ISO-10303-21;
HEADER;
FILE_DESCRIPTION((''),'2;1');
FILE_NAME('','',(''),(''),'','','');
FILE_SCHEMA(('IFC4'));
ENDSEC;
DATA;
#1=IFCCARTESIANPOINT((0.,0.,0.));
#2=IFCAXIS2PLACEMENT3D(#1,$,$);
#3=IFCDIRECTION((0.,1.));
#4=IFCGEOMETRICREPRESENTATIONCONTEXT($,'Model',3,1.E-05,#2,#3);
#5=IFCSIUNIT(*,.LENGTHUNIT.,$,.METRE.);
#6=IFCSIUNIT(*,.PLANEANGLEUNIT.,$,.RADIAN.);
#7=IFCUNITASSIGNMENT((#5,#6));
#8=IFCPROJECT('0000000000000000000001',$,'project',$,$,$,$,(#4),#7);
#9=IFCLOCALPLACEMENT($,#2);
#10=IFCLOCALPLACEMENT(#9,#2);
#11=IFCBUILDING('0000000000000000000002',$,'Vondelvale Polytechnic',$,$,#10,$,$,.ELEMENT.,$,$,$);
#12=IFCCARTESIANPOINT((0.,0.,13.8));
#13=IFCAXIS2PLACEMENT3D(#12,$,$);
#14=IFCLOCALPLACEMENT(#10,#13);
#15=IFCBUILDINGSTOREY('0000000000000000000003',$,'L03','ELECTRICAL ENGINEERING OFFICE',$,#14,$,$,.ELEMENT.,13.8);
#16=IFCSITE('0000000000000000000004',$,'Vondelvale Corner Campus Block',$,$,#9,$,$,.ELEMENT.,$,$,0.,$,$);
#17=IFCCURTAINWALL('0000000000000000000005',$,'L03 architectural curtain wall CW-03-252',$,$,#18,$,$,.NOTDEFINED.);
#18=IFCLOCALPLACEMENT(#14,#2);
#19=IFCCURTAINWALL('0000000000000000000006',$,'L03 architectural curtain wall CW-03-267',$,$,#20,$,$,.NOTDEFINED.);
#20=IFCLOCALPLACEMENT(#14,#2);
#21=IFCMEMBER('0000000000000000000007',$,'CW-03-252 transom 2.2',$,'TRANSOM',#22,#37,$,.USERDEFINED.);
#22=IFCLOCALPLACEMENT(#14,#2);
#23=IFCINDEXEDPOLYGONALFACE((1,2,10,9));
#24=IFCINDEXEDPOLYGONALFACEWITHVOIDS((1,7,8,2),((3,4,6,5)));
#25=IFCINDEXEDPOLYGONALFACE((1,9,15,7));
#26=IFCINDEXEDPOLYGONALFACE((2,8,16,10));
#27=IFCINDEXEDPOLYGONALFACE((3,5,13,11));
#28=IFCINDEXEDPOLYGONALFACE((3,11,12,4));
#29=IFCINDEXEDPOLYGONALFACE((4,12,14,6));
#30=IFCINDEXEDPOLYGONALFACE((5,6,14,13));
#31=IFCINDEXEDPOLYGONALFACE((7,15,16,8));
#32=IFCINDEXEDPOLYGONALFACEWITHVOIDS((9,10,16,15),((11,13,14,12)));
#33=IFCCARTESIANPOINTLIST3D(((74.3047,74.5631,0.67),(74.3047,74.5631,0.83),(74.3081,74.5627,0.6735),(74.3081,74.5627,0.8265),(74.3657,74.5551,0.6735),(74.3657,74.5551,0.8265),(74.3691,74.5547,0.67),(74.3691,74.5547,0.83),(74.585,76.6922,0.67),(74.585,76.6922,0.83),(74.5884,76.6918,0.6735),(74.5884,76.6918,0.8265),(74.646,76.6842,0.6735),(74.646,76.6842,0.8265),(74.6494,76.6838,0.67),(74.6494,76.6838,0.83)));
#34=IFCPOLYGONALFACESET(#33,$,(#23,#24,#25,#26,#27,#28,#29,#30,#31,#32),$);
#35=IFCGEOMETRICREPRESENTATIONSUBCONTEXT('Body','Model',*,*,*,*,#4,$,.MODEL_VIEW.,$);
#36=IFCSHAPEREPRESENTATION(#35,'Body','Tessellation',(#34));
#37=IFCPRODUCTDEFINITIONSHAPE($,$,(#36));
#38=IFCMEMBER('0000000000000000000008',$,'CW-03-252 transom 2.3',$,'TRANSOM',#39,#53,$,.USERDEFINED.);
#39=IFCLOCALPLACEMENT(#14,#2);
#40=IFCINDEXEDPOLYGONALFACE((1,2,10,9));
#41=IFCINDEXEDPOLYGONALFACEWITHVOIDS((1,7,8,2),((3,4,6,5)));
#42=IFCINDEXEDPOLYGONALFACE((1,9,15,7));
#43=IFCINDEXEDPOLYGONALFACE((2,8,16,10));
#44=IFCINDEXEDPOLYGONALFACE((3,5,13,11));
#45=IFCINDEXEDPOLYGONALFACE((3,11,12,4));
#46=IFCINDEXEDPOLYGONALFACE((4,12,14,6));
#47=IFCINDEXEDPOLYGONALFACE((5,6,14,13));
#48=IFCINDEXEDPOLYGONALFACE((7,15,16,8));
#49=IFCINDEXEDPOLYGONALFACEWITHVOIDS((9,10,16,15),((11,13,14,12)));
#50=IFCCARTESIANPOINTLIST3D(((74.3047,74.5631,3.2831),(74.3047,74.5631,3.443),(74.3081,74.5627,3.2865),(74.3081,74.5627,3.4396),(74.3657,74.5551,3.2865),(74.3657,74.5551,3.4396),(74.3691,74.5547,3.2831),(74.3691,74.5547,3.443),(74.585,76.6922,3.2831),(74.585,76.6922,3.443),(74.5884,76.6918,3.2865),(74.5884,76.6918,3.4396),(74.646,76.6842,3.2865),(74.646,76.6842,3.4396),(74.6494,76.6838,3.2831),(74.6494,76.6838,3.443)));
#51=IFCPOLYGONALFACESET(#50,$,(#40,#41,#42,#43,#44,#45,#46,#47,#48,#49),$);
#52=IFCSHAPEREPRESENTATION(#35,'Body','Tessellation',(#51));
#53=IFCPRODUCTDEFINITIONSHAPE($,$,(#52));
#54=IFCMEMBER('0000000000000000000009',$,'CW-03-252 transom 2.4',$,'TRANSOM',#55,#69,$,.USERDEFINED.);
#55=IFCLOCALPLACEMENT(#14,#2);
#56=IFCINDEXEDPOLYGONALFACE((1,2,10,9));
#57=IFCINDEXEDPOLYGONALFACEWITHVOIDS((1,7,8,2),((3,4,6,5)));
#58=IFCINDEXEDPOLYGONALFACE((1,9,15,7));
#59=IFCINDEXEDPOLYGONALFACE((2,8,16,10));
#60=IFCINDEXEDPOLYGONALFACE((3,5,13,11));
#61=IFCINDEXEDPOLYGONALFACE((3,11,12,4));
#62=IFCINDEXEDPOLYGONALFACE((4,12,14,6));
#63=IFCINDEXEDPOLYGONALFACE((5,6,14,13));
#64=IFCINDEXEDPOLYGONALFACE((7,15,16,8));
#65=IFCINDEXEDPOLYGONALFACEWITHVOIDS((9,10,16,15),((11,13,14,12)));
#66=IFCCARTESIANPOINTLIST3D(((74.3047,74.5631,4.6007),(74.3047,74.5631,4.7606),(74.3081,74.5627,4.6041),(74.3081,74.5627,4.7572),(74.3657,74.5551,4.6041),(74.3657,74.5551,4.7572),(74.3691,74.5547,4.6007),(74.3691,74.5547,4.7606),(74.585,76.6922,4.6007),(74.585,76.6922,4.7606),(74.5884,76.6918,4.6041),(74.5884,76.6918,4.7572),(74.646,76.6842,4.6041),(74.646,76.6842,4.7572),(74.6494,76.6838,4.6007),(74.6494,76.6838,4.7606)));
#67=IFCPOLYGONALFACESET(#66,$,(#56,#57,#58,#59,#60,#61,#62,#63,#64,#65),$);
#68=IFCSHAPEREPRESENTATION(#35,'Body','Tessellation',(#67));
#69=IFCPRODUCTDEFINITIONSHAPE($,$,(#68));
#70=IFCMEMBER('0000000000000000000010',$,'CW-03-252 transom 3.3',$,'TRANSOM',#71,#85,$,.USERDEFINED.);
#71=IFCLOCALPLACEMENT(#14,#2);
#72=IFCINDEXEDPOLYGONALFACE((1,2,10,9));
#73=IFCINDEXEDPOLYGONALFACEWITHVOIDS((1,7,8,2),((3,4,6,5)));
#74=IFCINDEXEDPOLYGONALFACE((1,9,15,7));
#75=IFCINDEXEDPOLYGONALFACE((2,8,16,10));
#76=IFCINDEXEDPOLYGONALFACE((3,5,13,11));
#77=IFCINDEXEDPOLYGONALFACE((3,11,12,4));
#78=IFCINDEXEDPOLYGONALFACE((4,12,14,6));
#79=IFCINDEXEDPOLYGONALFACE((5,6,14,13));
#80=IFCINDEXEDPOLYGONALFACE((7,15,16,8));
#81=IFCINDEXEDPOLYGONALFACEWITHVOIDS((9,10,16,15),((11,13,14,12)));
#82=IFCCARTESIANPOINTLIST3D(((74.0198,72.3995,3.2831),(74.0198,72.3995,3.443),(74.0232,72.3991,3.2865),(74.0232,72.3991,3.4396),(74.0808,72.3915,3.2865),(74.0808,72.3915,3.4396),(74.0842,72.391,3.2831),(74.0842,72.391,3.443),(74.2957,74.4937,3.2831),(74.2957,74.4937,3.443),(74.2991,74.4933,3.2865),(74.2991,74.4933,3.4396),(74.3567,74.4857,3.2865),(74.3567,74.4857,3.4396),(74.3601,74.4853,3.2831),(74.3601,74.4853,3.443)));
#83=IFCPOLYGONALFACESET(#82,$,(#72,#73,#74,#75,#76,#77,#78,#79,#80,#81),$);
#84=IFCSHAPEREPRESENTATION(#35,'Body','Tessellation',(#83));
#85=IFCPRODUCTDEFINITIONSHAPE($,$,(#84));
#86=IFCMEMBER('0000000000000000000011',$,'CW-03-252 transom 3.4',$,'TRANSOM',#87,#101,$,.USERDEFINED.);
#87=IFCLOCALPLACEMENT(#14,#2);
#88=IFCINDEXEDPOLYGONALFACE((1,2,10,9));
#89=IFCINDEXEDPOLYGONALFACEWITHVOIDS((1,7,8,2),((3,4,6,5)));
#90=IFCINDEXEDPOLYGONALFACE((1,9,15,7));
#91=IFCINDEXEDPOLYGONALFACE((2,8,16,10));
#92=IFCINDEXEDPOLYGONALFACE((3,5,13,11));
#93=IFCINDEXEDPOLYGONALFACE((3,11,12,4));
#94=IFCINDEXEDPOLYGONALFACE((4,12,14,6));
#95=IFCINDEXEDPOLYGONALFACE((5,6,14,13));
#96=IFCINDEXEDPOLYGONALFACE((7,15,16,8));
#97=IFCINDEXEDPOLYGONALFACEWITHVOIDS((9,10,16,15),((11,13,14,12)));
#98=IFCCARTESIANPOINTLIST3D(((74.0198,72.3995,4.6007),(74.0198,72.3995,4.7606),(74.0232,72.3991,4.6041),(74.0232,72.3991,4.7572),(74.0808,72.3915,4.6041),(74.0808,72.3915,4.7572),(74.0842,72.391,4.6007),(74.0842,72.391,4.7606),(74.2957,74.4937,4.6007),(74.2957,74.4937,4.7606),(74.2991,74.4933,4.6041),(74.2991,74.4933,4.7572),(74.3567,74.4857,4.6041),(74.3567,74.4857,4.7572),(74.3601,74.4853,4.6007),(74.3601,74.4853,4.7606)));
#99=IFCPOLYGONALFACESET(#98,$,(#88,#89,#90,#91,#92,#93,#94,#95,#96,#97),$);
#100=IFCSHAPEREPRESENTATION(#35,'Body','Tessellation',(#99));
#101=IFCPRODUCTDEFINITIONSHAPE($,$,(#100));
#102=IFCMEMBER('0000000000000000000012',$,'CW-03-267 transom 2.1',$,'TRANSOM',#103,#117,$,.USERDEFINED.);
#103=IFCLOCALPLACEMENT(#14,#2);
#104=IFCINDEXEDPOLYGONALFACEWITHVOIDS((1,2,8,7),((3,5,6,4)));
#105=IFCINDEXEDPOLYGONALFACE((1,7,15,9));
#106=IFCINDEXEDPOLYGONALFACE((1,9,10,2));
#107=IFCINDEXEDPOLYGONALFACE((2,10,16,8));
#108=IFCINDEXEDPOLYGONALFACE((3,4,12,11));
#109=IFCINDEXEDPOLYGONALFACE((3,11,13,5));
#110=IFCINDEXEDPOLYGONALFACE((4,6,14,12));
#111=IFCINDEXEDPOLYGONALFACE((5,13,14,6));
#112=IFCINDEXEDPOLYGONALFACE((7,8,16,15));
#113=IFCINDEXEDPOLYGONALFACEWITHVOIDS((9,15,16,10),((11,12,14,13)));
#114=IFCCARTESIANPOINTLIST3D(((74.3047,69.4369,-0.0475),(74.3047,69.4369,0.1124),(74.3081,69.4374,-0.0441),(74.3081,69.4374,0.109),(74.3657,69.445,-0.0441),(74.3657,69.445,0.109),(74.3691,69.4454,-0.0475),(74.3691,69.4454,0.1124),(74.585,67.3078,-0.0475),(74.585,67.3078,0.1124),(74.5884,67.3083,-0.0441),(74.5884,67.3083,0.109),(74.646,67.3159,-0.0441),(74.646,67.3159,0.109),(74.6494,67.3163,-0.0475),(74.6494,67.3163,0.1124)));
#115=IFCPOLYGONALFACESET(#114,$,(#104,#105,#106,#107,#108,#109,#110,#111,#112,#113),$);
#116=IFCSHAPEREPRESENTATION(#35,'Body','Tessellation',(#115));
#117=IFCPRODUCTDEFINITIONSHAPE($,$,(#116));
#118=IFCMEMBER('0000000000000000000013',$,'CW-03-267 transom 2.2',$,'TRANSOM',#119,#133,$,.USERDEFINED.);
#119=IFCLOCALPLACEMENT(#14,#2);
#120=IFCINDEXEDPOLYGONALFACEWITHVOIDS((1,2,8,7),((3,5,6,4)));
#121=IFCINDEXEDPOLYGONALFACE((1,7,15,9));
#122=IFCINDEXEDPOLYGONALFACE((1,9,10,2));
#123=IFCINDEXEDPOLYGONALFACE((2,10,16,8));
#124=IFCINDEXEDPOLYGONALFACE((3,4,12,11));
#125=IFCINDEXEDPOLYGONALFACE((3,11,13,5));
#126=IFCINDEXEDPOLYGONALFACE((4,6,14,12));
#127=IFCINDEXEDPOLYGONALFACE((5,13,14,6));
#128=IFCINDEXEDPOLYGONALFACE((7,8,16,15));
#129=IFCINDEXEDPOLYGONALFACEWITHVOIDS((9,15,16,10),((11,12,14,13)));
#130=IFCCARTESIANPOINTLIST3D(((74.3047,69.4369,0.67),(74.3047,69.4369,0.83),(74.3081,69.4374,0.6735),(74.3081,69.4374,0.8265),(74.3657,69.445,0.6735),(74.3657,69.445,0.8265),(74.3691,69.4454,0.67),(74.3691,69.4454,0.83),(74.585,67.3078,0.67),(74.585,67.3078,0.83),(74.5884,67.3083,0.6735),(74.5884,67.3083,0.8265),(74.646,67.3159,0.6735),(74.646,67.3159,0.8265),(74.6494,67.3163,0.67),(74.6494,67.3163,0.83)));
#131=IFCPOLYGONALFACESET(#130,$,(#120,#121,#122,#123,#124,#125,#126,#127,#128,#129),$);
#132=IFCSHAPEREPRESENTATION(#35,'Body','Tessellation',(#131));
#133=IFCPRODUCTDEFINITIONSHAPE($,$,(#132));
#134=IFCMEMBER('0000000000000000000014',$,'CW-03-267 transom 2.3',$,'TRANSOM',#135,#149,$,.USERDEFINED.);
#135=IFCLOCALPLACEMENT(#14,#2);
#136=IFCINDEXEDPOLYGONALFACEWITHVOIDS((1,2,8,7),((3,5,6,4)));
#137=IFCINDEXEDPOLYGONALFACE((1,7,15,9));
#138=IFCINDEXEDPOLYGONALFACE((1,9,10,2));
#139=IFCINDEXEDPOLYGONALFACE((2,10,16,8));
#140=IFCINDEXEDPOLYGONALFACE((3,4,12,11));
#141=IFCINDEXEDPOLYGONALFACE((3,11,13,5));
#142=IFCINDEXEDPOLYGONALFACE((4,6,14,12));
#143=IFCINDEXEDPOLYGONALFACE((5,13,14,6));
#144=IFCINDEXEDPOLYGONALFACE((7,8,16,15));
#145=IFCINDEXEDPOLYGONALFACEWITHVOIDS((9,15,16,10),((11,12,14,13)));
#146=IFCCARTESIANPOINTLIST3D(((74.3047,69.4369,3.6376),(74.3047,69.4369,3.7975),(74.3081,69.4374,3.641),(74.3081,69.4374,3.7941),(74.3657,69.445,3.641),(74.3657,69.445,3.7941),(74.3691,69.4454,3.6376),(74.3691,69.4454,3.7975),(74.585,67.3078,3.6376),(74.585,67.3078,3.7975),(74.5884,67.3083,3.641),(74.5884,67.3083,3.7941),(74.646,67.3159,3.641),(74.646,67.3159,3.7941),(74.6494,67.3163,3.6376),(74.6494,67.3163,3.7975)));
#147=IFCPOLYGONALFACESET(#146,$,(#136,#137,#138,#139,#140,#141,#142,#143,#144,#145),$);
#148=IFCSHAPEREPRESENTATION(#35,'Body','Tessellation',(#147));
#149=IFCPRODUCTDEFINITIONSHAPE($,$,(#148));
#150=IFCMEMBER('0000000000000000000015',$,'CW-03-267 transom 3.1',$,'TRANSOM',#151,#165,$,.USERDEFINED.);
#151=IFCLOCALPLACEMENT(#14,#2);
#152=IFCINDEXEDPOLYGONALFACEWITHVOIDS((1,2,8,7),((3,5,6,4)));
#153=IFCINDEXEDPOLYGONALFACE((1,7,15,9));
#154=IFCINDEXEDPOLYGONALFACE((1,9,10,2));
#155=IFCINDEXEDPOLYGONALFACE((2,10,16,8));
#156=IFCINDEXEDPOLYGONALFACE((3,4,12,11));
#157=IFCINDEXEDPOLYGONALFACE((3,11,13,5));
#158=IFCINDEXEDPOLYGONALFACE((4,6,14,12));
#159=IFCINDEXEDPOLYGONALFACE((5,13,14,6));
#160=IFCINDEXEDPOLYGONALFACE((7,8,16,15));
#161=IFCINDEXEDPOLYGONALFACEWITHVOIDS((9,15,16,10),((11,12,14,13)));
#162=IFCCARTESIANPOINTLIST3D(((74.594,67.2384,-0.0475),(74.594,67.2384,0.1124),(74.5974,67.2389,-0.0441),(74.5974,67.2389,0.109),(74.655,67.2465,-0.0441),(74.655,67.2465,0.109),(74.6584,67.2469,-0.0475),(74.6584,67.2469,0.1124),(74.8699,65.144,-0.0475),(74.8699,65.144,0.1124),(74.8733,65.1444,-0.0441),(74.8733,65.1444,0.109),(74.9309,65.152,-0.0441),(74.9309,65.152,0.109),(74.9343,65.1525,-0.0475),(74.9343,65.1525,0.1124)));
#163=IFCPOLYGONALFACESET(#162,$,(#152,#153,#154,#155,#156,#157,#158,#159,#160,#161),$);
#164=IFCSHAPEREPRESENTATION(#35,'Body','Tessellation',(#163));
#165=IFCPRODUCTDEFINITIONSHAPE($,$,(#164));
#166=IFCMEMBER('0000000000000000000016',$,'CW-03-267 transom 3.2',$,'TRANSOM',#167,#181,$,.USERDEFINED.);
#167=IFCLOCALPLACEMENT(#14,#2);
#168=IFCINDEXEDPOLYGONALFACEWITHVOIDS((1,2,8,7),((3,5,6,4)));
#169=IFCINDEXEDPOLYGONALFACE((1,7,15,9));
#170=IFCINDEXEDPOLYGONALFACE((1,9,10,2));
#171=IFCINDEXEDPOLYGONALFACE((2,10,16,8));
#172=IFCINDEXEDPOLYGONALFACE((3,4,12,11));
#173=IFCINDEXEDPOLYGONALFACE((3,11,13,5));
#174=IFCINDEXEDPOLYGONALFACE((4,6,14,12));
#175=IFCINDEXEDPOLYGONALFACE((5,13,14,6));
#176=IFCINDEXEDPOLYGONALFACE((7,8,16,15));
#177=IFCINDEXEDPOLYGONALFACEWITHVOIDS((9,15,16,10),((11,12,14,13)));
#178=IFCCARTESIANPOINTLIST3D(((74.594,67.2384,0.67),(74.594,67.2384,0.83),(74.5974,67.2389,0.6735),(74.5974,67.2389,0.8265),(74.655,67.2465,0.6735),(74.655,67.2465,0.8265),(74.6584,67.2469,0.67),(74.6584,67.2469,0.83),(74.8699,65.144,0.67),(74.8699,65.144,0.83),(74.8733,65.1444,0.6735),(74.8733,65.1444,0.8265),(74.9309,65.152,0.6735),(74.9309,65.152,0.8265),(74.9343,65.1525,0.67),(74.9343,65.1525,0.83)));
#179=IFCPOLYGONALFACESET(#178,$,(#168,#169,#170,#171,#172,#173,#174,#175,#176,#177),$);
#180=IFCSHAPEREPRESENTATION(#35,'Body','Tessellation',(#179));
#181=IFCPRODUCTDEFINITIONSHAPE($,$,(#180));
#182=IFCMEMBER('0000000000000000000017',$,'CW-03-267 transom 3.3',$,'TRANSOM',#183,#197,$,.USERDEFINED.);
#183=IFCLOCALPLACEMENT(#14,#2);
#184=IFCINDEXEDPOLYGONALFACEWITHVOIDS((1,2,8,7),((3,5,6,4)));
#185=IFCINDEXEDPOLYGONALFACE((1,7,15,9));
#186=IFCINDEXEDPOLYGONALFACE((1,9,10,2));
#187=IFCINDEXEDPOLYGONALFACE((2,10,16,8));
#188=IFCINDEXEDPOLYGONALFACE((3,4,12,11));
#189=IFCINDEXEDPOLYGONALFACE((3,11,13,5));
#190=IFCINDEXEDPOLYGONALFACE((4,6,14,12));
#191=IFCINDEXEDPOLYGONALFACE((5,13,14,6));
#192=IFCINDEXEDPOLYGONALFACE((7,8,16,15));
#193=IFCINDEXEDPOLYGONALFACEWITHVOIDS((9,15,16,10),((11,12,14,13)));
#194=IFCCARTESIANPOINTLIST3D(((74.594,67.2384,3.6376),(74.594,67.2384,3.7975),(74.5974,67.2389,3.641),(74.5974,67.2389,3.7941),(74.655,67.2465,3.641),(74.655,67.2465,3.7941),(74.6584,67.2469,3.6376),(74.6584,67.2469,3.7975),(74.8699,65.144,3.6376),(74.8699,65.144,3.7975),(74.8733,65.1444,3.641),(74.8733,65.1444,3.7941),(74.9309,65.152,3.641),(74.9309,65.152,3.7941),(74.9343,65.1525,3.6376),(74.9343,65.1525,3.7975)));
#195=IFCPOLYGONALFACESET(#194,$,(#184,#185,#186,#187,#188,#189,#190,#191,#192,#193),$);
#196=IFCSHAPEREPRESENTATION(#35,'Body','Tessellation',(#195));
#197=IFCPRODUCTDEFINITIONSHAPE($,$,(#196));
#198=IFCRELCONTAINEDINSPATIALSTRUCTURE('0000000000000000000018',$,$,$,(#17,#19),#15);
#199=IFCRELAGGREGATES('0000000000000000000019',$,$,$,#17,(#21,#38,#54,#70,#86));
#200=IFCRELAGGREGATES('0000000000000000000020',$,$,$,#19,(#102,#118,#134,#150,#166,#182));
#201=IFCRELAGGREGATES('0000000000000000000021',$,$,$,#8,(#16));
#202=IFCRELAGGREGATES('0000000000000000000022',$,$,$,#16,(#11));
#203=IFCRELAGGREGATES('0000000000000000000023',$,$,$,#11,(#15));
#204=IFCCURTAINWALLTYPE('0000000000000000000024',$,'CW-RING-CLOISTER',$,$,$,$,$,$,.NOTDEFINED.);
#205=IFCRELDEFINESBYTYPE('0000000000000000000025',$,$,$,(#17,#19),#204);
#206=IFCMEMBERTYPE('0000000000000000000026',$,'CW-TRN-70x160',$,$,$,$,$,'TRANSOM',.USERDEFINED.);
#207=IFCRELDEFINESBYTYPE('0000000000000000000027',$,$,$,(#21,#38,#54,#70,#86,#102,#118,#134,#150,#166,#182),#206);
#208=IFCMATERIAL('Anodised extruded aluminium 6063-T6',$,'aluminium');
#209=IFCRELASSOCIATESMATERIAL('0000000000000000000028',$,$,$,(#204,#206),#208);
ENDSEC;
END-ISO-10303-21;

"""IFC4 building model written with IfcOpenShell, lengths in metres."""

from ifc_helpers import new_model, si_unit, direction, frame, origin, origin_2d, place, context, subcontext, project, spatial, hollow_rectangle, extrude, material, material_profile, profile_set, type_object, element, aggregate, save


model = new_model("IFC4")

# Units and contexts
model_context = context("Model", 3, precision=1e-05, world=origin(), true_north=direction((0.0, 1.0)))
body_context = subcontext(model_context, "Body", "Model", "MODEL_VIEW")
ifc_project = project(units=[si_unit("LENGTHUNIT", "METRE"), si_unit("PLANEANGLEUNIT", "RADIAN")], contexts=[model_context])

# Site, building, storey
site_placement = place(None, origin())
site = spatial("IfcSite", under=ifc_project, at=site_placement, Name="Vondelvale Corner Campus Block", CompositionType="ELEMENT", RefElevation=0.0)
building_placement = place(site_placement, origin())
building = spatial("IfcBuilding", under=site, at=building_placement, Name="Vondelvale Polytechnic", CompositionType="ELEMENT")
storey_placement = place(building_placement, frame((0.0, 0.0, 13.8)))
storey = spatial("IfcBuildingStorey", under=building, at=storey_placement, Name="L03", Description="ELECTRICAL ENGINEERING OFFICE", CompositionType="ELEMENT", Elevation=13.8)

# Curtain walls
ifc_material_1 = material(Name="Anodised extruded aluminium 6063-T6", Category="aluminium")
curtain_wall_type = type_object("IfcCurtainWallType", Name="CW-RING-CLOISTER", PredefinedType="NOTDEFINED", material=ifc_material_1)
curtain_wall_1_placement = place(storey_placement, origin())
curtain_wall_1 = element("IfcCurtainWall", 1, at=curtain_wall_1_placement, inside=storey, type_object=curtain_wall_type, Name="L03 architectural curtain wall CW-03-252", PredefinedType="NOTDEFINED")
curtain_wall_2_placement = place(storey_placement, origin())
curtain_wall_2 = element("IfcCurtainWall", 2, at=curtain_wall_2_placement, inside=storey, type_object=curtain_wall_type, Name="L03 architectural curtain wall CW-03-267", PredefinedType="NOTDEFINED")

# Members
ifc_material_profile_1 = material_profile(ifc_material_1, hollow_rectangle(XDim=0.0649, YDim=0.1599, WallThickness=0.0034, at=origin_2d()), Name="CW-TRN-160x65")
ifc_profile_set_1 = profile_set([ifc_material_profile_1], Name="Anodised extruded aluminium 6063-T6")
member_type_1 = type_object("IfcMemberType", Name="CW-TRN-70x160", ElementType="TRANSOM", PredefinedType="USERDEFINED", material=ifc_profile_set_1)
member_1_placement = place(storey_placement, frame((74.6172, 76.688, 0.75), z_axis=(-0.13051, -0.991447, 0.0), x_axis=(0.991447, -0.13051, 0.0)))
member_1 = element("IfcMember", 3, at=member_1_placement, type_object=member_type_1, Name="CW-03-252 transom 2.2", ObjectType="TRANSOM", PredefinedType="USERDEFINED", context=body_context, shape_type="SweptSolid", body=[
    extrude(hollow_rectangle(XDim=0.0649, YDim=0.1599, WallThickness=0.0034, at=origin_2d()), origin(), (0.0, 0.0, 1.0), 2.1475),
])
member_2_placement = place(storey_placement, frame((74.6172, 76.688, 3.363), z_axis=(-0.13051, -0.991447, 0.0), x_axis=(0.991447, -0.13051, 0.0)))
member_2 = element("IfcMember", 4, at=member_2_placement, type_object=member_type_1, Name="CW-03-252 transom 2.3", ObjectType="TRANSOM", PredefinedType="USERDEFINED", context=body_context, shape_type="SweptSolid", body=[
    extrude(hollow_rectangle(XDim=0.0649, YDim=0.1599, WallThickness=0.0034, at=origin_2d()), origin(), (0.0, 0.0, 1.0), 2.1475),
])
member_3_placement = place(storey_placement, frame((74.6172, 76.688, 4.6807), z_axis=(-0.13051, -0.991447, 0.0), x_axis=(0.991447, -0.13051, 0.0)))
member_3 = element("IfcMember", 5, at=member_3_placement, type_object=member_type_1, Name="CW-03-252 transom 2.4", ObjectType="TRANSOM", PredefinedType="USERDEFINED", context=body_context, shape_type="SweptSolid", body=[
    extrude(hollow_rectangle(XDim=0.0649, YDim=0.1599, WallThickness=0.0034, at=origin_2d()), origin(), (0.0, 0.0, 1.0), 2.1475),
])
member_4_placement = place(storey_placement, frame((74.3279, 74.4895, 3.363), z_axis=(-0.130604, -0.991435, 0.0), x_axis=(0.991435, -0.130604, 0.0)))
member_4 = element("IfcMember", 6, at=member_4_placement, type_object=member_type_1, Name="CW-03-252 transom 3.3", ObjectType="TRANSOM", PredefinedType="USERDEFINED", context=body_context, shape_type="SweptSolid", body=[
    extrude(hollow_rectangle(XDim=0.0649, YDim=0.1599, WallThickness=0.0034, at=origin_2d()), origin(), (0.0, 0.0, 1.0), 2.1123),
])
member_5_placement = place(storey_placement, frame((74.3279, 74.4895, 4.6807), z_axis=(-0.130604, -0.991435, 0.0), x_axis=(0.991435, -0.130604, 0.0)))
member_5 = element("IfcMember", 7, at=member_5_placement, type_object=member_type_1, Name="CW-03-252 transom 3.4", ObjectType="TRANSOM", PredefinedType="USERDEFINED", context=body_context, shape_type="SweptSolid", body=[
    extrude(hollow_rectangle(XDim=0.0649, YDim=0.1599, WallThickness=0.0034, at=origin_2d()), origin(), (0.0, 0.0, 1.0), 2.1123),
])
member_6_placement = place(storey_placement, frame((74.3369, 69.4412, 0.0325), z_axis=(0.13051, -0.991447, 0.0), x_axis=(0.991447, 0.13051, 0.0)))
member_6 = element("IfcMember", 8, at=member_6_placement, type_object=member_type_1, Name="CW-03-267 transom 2.1", ObjectType="TRANSOM", PredefinedType="USERDEFINED", context=body_context, shape_type="SweptSolid", body=[
    extrude(hollow_rectangle(XDim=0.0649, YDim=0.1599, WallThickness=0.0034, at=origin_2d()), origin(), (0.0, 0.0, 1.0), 2.1475),
])
member_7_placement = place(storey_placement, frame((74.3369, 69.4412, 0.75), z_axis=(0.13051, -0.991447, 0.0), x_axis=(0.991447, 0.13051, 0.0)))
member_7 = element("IfcMember", 9, at=member_7_placement, type_object=member_type_1, Name="CW-03-267 transom 2.2", ObjectType="TRANSOM", PredefinedType="USERDEFINED", context=body_context, shape_type="SweptSolid", body=[
    extrude(hollow_rectangle(XDim=0.0649, YDim=0.1599, WallThickness=0.0034, at=origin_2d()), origin(), (0.0, 0.0, 1.0), 2.1475),
])
member_8_placement = place(storey_placement, frame((74.3369, 69.4412, 3.7175), z_axis=(0.13051, -0.991447, 0.0), x_axis=(0.991447, 0.13051, 0.0)))
member_8 = element("IfcMember", 10, at=member_8_placement, type_object=member_type_1, Name="CW-03-267 transom 2.3", ObjectType="TRANSOM", PredefinedType="USERDEFINED", context=body_context, shape_type="SweptSolid", body=[
    extrude(hollow_rectangle(XDim=0.0649, YDim=0.1599, WallThickness=0.0034, at=origin_2d()), origin(), (0.0, 0.0, 1.0), 2.1475),
])
member_9_placement = place(storey_placement, frame((74.6262, 67.2427, 0.0325), z_axis=(0.130589, -0.991437, 0.0), x_axis=(0.991437, 0.130589, 0.0)))
member_9 = element("IfcMember", 11, at=member_9_placement, type_object=member_type_1, Name="CW-03-267 transom 3.1", ObjectType="TRANSOM", PredefinedType="USERDEFINED", context=body_context, shape_type="SweptSolid", body=[
    extrude(hollow_rectangle(XDim=0.0649, YDim=0.1599, WallThickness=0.0034, at=origin_2d()), origin(), (0.0, 0.0, 1.0), 2.1125),
])
member_10_placement = place(storey_placement, frame((74.6262, 67.2427, 0.75), z_axis=(0.130589, -0.991437, 0.0), x_axis=(0.991437, 0.130589, 0.0)))
member_10 = element("IfcMember", 12, at=member_10_placement, type_object=member_type_1, Name="CW-03-267 transom 3.2", ObjectType="TRANSOM", PredefinedType="USERDEFINED", context=body_context, shape_type="SweptSolid", body=[
    extrude(hollow_rectangle(XDim=0.0649, YDim=0.1599, WallThickness=0.0034, at=origin_2d()), origin(), (0.0, 0.0, 1.0), 2.1125),
])
member_11_placement = place(storey_placement, frame((74.6262, 67.2427, 3.7175), z_axis=(0.130589, -0.991437, 0.0), x_axis=(0.991437, 0.130589, 0.0)))
member_11 = element("IfcMember", 13, at=member_11_placement, type_object=member_type_1, Name="CW-03-267 transom 3.3", ObjectType="TRANSOM", PredefinedType="USERDEFINED", context=body_context, shape_type="SweptSolid", body=[
    extrude(hollow_rectangle(XDim=0.0649, YDim=0.1599, WallThickness=0.0034, at=origin_2d()), origin(), (0.0, 0.0, 1.0), 2.1125),
])

aggregate(curtain_wall_1, [member_1, member_2, member_3, member_4, member_5])
aggregate(curtain_wall_2, [member_6, member_7, member_8, member_9, member_10, member_11])

save(model, "model.ifc")
